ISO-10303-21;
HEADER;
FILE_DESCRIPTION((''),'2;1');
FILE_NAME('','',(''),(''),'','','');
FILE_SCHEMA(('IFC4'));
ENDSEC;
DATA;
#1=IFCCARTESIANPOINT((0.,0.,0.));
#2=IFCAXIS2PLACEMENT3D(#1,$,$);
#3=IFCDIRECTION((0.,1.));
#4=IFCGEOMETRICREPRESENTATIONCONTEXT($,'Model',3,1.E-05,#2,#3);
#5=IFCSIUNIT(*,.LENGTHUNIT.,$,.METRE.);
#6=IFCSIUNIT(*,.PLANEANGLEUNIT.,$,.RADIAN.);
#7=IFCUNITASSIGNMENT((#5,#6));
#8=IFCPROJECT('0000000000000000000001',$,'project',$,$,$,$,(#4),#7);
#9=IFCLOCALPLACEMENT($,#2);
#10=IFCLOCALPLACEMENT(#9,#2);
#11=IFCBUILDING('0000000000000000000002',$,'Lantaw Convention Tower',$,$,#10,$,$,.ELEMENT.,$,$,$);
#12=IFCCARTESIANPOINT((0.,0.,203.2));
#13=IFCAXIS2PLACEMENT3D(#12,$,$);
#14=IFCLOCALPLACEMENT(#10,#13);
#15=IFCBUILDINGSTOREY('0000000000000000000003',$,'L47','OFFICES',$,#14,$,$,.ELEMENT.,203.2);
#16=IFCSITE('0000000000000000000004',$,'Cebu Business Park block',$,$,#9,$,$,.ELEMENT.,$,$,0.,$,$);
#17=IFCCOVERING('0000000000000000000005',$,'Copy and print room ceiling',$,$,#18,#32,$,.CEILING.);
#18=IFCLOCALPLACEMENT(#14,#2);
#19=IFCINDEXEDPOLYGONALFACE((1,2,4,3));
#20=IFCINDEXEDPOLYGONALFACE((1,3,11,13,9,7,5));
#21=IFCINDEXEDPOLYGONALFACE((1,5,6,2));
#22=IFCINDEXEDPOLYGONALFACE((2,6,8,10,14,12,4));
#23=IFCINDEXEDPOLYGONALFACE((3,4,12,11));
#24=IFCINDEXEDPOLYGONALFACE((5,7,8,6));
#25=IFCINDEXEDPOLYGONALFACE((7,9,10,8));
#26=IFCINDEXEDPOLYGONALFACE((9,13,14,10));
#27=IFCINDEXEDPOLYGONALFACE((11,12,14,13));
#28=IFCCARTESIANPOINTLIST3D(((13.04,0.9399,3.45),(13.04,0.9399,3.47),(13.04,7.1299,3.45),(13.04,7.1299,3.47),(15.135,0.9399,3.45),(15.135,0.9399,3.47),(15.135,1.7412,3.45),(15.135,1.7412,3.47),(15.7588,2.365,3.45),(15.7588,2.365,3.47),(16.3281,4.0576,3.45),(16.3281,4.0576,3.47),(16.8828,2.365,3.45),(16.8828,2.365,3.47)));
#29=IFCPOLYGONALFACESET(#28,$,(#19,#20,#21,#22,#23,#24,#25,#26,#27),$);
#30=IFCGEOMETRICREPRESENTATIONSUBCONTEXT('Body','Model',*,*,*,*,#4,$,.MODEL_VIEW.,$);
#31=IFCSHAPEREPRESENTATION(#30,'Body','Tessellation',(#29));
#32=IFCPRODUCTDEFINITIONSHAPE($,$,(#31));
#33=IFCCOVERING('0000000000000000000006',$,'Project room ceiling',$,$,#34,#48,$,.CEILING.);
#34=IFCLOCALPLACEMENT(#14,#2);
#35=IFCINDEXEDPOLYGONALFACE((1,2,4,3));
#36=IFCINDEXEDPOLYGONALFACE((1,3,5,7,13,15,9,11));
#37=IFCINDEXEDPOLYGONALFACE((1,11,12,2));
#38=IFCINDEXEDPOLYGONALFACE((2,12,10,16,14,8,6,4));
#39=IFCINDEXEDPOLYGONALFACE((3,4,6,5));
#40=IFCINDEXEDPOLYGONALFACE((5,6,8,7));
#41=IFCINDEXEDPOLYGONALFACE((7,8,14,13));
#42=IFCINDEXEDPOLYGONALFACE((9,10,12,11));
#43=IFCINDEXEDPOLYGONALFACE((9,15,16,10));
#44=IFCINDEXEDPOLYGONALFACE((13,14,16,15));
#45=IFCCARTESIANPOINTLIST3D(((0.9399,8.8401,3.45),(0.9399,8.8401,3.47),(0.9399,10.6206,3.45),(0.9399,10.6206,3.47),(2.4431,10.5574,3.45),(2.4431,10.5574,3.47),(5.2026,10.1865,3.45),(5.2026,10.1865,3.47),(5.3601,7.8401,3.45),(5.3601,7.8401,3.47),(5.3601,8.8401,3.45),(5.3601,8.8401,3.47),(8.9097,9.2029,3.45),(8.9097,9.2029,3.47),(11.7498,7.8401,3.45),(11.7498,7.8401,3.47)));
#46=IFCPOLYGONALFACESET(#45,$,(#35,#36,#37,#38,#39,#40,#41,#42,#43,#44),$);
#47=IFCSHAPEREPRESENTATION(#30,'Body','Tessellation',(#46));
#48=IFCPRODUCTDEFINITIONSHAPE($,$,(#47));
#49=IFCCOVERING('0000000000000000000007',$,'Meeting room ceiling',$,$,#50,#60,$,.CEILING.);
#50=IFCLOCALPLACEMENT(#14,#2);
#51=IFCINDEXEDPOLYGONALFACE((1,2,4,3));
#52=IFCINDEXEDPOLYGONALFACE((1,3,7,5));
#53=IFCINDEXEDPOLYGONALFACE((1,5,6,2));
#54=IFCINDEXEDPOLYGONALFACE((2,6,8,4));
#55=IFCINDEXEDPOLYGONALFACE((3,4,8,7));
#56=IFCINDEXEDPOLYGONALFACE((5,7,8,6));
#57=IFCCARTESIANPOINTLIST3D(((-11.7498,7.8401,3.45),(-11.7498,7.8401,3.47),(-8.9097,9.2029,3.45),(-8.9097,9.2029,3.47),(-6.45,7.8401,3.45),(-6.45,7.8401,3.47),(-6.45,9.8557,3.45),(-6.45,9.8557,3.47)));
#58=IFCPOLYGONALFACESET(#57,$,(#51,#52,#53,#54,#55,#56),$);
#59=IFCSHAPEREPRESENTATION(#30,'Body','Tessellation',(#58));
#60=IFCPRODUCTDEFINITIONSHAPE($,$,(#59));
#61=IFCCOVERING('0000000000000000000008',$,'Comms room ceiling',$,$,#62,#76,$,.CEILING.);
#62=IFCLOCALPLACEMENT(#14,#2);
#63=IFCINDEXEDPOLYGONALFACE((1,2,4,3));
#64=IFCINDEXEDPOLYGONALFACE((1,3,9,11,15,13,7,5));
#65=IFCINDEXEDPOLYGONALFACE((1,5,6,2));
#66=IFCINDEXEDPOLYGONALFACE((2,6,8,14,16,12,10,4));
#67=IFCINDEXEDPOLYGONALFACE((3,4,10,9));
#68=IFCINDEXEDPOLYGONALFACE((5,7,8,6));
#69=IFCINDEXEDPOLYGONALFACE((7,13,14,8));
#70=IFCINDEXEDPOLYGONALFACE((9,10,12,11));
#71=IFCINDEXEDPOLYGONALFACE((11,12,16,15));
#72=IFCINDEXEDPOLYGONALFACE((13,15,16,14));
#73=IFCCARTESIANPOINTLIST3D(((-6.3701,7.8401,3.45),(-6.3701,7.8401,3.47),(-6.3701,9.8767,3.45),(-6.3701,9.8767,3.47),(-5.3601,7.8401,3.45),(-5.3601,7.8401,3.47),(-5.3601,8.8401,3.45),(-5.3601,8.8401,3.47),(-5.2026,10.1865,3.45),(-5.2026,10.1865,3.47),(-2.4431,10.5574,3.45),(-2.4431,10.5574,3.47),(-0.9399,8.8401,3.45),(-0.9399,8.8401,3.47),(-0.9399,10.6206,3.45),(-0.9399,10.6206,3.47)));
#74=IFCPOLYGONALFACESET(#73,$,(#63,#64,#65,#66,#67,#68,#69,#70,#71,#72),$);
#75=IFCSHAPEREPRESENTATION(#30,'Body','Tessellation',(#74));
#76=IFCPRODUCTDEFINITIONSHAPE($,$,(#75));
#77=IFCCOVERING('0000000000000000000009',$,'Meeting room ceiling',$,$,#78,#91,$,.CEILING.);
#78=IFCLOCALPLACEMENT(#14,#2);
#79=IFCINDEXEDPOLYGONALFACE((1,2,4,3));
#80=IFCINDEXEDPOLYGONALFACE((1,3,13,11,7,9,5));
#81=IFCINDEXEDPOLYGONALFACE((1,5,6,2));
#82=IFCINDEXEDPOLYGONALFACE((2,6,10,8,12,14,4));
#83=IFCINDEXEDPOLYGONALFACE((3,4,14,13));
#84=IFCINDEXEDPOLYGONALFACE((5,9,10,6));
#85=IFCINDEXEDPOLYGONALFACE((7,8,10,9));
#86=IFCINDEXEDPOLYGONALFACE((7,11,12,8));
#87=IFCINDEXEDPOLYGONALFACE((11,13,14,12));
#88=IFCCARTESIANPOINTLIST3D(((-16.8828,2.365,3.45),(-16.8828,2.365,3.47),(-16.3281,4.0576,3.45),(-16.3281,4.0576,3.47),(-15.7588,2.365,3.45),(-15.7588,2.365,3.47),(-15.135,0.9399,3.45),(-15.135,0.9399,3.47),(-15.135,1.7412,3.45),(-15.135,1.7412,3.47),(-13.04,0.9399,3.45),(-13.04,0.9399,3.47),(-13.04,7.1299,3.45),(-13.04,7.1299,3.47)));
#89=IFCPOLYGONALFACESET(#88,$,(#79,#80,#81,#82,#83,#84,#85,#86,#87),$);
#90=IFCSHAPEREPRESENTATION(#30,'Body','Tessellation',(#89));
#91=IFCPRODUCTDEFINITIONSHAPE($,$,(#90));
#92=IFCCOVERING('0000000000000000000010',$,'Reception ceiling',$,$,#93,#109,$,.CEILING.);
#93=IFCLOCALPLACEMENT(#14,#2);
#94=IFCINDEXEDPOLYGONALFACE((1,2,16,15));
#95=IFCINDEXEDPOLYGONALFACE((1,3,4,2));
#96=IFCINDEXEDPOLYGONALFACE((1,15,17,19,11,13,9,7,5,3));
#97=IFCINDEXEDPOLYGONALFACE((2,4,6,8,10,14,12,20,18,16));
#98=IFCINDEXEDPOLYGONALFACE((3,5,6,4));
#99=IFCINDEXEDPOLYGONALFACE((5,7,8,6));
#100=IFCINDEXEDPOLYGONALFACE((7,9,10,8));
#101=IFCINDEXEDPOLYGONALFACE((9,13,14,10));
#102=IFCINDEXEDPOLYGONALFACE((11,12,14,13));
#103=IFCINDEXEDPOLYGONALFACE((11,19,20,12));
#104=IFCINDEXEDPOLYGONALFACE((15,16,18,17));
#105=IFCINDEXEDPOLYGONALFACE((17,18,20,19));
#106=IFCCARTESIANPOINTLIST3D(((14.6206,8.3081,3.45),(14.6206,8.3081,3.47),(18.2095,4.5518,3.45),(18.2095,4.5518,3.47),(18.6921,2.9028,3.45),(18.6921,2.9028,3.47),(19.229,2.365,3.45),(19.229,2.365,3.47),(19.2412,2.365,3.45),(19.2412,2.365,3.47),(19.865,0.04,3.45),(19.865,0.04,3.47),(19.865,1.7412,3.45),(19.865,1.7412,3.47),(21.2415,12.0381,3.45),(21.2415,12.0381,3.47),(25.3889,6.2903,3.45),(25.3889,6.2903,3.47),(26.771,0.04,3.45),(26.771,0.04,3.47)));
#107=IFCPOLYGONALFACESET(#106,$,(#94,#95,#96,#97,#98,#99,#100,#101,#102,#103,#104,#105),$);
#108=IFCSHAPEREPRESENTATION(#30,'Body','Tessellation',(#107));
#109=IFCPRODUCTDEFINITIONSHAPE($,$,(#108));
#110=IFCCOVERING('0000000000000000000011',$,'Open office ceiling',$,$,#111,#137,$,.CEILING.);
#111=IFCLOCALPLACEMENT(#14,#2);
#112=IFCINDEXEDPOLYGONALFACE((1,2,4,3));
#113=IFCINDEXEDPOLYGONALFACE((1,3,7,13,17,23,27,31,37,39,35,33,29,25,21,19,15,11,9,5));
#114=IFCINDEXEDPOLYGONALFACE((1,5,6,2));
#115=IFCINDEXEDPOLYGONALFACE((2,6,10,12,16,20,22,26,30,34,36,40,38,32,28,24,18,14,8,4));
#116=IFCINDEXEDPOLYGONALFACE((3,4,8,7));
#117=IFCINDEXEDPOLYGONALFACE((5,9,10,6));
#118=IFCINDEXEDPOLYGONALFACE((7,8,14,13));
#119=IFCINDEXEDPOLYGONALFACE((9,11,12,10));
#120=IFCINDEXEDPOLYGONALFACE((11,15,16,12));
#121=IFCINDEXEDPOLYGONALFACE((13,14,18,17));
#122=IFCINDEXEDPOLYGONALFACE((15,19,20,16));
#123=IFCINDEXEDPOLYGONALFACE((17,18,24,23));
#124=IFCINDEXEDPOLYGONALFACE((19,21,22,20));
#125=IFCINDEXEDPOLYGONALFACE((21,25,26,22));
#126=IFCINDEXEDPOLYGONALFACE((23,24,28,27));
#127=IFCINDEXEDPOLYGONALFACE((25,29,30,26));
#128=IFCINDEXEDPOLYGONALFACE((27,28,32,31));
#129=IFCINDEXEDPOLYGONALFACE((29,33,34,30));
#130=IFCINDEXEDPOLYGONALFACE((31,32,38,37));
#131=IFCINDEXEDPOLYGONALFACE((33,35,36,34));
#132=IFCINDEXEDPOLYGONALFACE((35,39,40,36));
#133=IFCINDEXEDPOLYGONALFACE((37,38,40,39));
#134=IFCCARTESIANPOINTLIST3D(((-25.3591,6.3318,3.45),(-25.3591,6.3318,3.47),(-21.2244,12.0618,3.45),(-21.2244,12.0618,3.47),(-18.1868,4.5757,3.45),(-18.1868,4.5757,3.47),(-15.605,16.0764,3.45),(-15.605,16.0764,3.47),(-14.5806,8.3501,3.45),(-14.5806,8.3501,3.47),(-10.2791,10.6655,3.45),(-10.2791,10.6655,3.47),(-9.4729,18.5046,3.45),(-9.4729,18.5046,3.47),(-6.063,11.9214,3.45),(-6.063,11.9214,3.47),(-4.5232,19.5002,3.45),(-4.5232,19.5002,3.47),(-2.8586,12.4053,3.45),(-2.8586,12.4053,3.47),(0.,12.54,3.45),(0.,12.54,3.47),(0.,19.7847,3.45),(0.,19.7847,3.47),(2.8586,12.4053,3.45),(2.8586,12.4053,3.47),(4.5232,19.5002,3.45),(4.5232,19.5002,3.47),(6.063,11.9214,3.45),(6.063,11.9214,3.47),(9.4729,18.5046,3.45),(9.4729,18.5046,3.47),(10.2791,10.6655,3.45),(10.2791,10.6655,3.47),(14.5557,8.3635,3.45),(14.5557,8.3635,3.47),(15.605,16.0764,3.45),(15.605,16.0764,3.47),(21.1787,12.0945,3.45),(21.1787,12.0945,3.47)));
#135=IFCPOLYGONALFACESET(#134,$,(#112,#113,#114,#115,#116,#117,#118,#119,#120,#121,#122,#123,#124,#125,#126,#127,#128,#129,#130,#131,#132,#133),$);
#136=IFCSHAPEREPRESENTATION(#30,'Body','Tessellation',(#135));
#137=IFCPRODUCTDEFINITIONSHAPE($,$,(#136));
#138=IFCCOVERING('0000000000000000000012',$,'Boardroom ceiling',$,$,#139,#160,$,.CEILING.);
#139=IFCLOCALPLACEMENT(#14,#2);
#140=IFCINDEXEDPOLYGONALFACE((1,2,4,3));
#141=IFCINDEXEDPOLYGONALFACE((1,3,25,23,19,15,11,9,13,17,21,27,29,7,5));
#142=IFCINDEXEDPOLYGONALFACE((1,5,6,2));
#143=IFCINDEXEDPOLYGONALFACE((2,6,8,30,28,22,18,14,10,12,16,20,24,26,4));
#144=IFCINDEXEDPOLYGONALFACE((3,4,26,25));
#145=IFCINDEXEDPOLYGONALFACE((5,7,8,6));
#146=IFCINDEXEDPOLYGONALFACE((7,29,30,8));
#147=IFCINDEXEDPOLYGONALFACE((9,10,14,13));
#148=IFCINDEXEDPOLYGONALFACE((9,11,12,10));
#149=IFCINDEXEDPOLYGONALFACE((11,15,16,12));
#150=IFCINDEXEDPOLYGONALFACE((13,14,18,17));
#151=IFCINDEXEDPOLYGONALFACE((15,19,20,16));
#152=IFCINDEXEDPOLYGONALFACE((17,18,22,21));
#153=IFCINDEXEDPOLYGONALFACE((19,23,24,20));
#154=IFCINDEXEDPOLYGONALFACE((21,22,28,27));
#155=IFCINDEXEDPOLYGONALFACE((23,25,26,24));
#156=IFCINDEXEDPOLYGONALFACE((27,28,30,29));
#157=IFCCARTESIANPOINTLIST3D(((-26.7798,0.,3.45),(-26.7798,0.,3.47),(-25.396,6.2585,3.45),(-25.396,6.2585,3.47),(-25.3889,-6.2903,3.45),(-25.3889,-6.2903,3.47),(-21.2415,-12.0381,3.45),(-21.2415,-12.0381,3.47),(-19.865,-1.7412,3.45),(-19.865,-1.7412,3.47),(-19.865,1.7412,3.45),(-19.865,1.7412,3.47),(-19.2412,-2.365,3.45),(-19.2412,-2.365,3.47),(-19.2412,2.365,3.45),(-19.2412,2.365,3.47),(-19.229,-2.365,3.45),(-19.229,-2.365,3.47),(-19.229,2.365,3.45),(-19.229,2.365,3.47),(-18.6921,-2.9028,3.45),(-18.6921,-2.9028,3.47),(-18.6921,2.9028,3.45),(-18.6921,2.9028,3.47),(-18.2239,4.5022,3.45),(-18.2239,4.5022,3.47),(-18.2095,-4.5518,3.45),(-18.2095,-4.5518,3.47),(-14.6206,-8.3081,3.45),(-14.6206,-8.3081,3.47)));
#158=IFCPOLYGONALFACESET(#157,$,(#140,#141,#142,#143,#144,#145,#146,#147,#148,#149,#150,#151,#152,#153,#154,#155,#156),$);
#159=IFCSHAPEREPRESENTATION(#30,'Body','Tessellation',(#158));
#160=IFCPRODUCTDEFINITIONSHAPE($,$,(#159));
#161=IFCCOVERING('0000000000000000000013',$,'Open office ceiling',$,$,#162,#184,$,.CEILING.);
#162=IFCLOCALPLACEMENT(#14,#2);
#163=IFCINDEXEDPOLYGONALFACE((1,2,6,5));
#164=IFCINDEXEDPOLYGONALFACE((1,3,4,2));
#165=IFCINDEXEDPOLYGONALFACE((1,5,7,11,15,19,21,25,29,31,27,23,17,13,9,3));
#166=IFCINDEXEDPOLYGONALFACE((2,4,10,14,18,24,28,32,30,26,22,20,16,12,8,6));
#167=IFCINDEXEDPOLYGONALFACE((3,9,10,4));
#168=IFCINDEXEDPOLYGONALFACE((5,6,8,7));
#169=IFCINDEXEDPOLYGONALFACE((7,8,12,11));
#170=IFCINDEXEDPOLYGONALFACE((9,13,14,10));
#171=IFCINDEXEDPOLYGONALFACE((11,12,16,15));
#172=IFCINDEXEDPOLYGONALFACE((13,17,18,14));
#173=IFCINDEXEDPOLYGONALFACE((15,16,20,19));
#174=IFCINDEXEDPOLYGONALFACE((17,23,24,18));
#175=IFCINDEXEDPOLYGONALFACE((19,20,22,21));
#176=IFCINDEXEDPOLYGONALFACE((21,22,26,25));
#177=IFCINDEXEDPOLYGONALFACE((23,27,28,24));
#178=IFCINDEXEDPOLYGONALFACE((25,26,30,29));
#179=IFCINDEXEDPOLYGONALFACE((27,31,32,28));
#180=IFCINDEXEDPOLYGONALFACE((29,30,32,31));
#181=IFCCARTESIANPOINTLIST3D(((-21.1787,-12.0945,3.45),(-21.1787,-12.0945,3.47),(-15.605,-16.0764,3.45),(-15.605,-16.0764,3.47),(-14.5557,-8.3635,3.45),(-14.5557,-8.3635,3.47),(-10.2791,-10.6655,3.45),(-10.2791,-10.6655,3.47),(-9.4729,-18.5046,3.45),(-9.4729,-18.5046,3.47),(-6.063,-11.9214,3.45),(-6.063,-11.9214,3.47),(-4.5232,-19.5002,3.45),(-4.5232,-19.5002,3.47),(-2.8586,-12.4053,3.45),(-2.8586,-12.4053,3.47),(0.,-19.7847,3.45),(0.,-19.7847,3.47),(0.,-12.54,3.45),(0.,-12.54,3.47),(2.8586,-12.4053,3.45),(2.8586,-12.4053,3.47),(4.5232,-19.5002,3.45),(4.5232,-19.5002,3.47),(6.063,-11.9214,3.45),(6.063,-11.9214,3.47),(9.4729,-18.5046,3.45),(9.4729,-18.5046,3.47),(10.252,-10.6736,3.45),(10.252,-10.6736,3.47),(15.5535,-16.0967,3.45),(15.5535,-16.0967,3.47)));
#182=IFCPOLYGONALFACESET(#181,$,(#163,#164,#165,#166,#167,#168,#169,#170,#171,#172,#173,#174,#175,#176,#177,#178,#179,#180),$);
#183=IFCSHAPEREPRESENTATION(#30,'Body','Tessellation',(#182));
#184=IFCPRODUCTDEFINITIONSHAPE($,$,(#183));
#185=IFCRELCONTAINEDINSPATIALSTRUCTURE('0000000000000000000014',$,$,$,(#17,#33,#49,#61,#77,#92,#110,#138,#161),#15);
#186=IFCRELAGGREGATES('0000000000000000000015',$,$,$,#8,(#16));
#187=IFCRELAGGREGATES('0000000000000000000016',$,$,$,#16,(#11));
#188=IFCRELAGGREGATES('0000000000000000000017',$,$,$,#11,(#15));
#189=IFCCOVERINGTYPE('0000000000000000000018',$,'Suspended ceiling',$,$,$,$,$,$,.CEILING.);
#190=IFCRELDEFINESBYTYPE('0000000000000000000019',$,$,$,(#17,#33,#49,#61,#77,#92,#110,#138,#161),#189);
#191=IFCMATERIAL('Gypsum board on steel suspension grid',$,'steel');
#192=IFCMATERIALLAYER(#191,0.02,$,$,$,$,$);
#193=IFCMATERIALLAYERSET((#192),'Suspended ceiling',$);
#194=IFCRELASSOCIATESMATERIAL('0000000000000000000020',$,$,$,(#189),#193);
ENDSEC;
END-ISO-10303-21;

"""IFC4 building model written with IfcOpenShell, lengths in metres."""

from ifc_helpers import new_model, si_unit, direction, frame, origin, place, context, subcontext, project, spatial, polyline, outline, extrude, material, layer, layer_set, type_object, element, save


model = new_model("IFC4")

# Units and contexts
model_context = context("Model", 3, precision=1e-05, world=origin(), true_north=direction((0.0, 1.0)))
body_context = subcontext(model_context, "Body", "Model", "MODEL_VIEW")
ifc_project = project(units=[si_unit("LENGTHUNIT", "METRE"), si_unit("PLANEANGLEUNIT", "RADIAN")], contexts=[model_context])

# Site, building, storey
site_placement = place(None, origin())
site = spatial("IfcSite", under=ifc_project, at=site_placement, Name="Cebu Business Park block", CompositionType="ELEMENT", RefElevation=0.0)
building_placement = place(site_placement, origin())
building = spatial("IfcBuilding", under=site, at=building_placement, Name="Lantaw Convention Tower", CompositionType="ELEMENT")
storey_placement = place(building_placement, frame((0.0, 0.0, 203.2)))
storey = spatial("IfcBuildingStorey", under=building, at=storey_placement, Name="L47", Description="OFFICES", CompositionType="ELEMENT", Elevation=203.2)

# Coverings
ifc_material_1 = material(Name="Gypsum board on steel suspension grid", Category="steel")
ifc_layer_1 = layer(ifc_material_1, 0.02)
ifc_layer_set_1 = layer_set([ifc_layer_1], Name="Suspended ceiling")
covering_type = type_object("IfcCoveringType", Name="Suspended ceiling", PredefinedType="CEILING", material=ifc_layer_set_1)
covering_1_placement = place(storey_placement, frame((0.0, 0.0, 3.45)))
element("IfcCovering", 1, at=covering_1_placement, inside=storey, type_object=covering_type, Name="Copy and print room ceiling", PredefinedType="CEILING", context=body_context, shape_type="SweptSolid", body=[
    extrude(outline(polyline([(16.3281, 4.0576), (13.04, 7.1299), (13.04, 0.9399), (15.135, 0.9399), (15.135, 1.7412), (15.7588, 2.365), (16.8828, 2.365), (16.3281, 4.0576)])), origin(), (0.0, 0.0, 1.0), 0.02),
])
covering_2_placement = place(storey_placement, frame((0.0, 0.0, 3.45)))
element("IfcCovering", 2, at=covering_2_placement, inside=storey, type_object=covering_type, Name="Project room ceiling", PredefinedType="CEILING", context=body_context, shape_type="SweptSolid", body=[
    extrude(outline(polyline([(5.3601, 7.8401), (11.7498, 7.8401), (8.9097, 9.2029), (5.2026, 10.1865), (2.4431, 10.5574), (0.9399, 10.6206), (0.9399, 8.8401), (5.3601, 8.8401), (5.3601, 7.8401)])), origin(), (0.0, 0.0, 1.0), 0.02),
])
covering_3_placement = place(storey_placement, frame((0.0, 0.0, 3.45)))
element("IfcCovering", 3, at=covering_3_placement, inside=storey, type_object=covering_type, Name="Meeting room ceiling", PredefinedType="CEILING", context=body_context, shape_type="SweptSolid", body=[
    extrude(outline(polyline([(-8.9097, 9.2029), (-11.7498, 7.8401), (-6.45, 7.8401), (-6.45, 9.8557), (-8.9097, 9.2029)])), origin(), (0.0, 0.0, 1.0), 0.02),
])
covering_4_placement = place(storey_placement, frame((0.0, 0.0, 3.45)))
element("IfcCovering", 4, at=covering_4_placement, inside=storey, type_object=covering_type, Name="Comms room ceiling", PredefinedType="CEILING", context=body_context, shape_type="SweptSolid", body=[
    extrude(outline(polyline([(-5.2026, 10.1865), (-6.3701, 9.8767), (-6.3701, 7.8401), (-5.3601, 7.8401), (-5.3601, 8.8401), (-0.9399, 8.8401), (-0.9399, 10.6206), (-2.4431, 10.5574), (-5.2026, 10.1865)])), origin(), (0.0, 0.0, 1.0), 0.02),
])
covering_5_placement = place(storey_placement, frame((0.0, 0.0, 3.45)))
element("IfcCovering", 5, at=covering_5_placement, inside=storey, type_object=covering_type, Name="Meeting room ceiling", PredefinedType="CEILING", context=body_context, shape_type="SweptSolid", body=[
    extrude(outline(polyline([(-15.135, 0.9399), (-13.04, 0.9399), (-13.04, 7.1299), (-16.3281, 4.0576), (-16.8828, 2.365), (-15.7588, 2.365), (-15.135, 1.7412), (-15.135, 0.9399)])), origin(), (0.0, 0.0, 1.0), 0.02),
])
covering_6_placement = place(storey_placement, frame((0.0, 0.0, 3.45)))
element("IfcCovering", 6, at=covering_6_placement, inside=storey, type_object=covering_type, Name="Reception ceiling", PredefinedType="CEILING", context=body_context, shape_type="SweptSolid", body=[
    extrude(outline(polyline([(14.6206, 8.3081), (18.2095, 4.5518), (18.6921, 2.9028), (19.229, 2.365), (19.2412, 2.365), (19.865, 1.7412), (19.865, 0.04), (26.771, 0.04), (25.3889, 6.2903), (21.2415, 12.0381), (14.6206, 8.3081)])), origin(), (0.0, 0.0, 1.0), 0.02),
])
covering_7_placement = place(storey_placement, frame((0.0, 0.0, 3.45)))
element("IfcCovering", 7, at=covering_7_placement, inside=storey, type_object=covering_type, Name="Open office ceiling", PredefinedType="CEILING", context=body_context, shape_type="SweptSolid", body=[
    extrude(outline(polyline([(14.5557, 8.3635), (21.1787, 12.0945), (15.605, 16.0764), (9.4729, 18.5046), (4.5232, 19.5002), (0.0, 19.7847), (-4.5232, 19.5002), (-9.4729, 18.5046), (-15.605, 16.0764), (-21.2244, 12.0618), (-25.3591, 6.3318), (-18.1868, 4.5757), (-14.5806, 8.3501), (-10.2791, 10.6655), (-6.063, 11.9214), (-2.8586, 12.4053), (0.0, 12.54), (2.8586, 12.4053), (6.063, 11.9214), (10.2791, 10.6655), (14.5557, 8.3635)])), origin(), (0.0, 0.0, 1.0), 0.02),
])
covering_8_placement = place(storey_placement, frame((0.0, 0.0, 3.45)))
element("IfcCovering", 8, at=covering_8_placement, inside=storey, type_object=covering_type, Name="Boardroom ceiling", PredefinedType="CEILING", context=body_context, shape_type="SweptSolid", body=[
    extrude(outline(polyline([(-19.2412, 2.365), (-19.229, 2.365), (-18.6921, 2.9028), (-18.2239, 4.5022), (-25.396, 6.2585), (-26.7798, 0.0), (-25.3889, -6.2903), (-21.2415, -12.0381), (-14.6206, -8.3081), (-18.2095, -4.5518), (-18.6921, -2.9028), (-19.229, -2.365), (-19.2412, -2.365), (-19.865, -1.7412), (-19.865, 1.7412), (-19.2412, 2.365)])), origin(), (0.0, 0.0, 1.0), 0.02),
])
covering_9_placement = place(storey_placement, frame((0.0, 0.0, 3.45)))
element("IfcCovering", 9, at=covering_9_placement, inside=storey, type_object=covering_type, Name="Open office ceiling", PredefinedType="CEILING", context=body_context, shape_type="SweptSolid", body=[
    extrude(outline(polyline([(-14.5557, -8.3635), (-21.1787, -12.0945), (-15.605, -16.0764), (-9.4729, -18.5046), (-4.5232, -19.5002), (0.0, -19.7847), (4.5232, -19.5002), (9.4729, -18.5046), (15.5535, -16.0967), (10.252, -10.6736), (6.063, -11.9214), (2.8586, -12.4053), (0.0, -12.54), (-2.8586, -12.4053), (-6.063, -11.9214), (-10.2791, -10.6655), (-14.5557, -8.3635)])), origin(), (0.0, 0.0, 1.0), 0.02),
])

save(model, "model.ifc")
